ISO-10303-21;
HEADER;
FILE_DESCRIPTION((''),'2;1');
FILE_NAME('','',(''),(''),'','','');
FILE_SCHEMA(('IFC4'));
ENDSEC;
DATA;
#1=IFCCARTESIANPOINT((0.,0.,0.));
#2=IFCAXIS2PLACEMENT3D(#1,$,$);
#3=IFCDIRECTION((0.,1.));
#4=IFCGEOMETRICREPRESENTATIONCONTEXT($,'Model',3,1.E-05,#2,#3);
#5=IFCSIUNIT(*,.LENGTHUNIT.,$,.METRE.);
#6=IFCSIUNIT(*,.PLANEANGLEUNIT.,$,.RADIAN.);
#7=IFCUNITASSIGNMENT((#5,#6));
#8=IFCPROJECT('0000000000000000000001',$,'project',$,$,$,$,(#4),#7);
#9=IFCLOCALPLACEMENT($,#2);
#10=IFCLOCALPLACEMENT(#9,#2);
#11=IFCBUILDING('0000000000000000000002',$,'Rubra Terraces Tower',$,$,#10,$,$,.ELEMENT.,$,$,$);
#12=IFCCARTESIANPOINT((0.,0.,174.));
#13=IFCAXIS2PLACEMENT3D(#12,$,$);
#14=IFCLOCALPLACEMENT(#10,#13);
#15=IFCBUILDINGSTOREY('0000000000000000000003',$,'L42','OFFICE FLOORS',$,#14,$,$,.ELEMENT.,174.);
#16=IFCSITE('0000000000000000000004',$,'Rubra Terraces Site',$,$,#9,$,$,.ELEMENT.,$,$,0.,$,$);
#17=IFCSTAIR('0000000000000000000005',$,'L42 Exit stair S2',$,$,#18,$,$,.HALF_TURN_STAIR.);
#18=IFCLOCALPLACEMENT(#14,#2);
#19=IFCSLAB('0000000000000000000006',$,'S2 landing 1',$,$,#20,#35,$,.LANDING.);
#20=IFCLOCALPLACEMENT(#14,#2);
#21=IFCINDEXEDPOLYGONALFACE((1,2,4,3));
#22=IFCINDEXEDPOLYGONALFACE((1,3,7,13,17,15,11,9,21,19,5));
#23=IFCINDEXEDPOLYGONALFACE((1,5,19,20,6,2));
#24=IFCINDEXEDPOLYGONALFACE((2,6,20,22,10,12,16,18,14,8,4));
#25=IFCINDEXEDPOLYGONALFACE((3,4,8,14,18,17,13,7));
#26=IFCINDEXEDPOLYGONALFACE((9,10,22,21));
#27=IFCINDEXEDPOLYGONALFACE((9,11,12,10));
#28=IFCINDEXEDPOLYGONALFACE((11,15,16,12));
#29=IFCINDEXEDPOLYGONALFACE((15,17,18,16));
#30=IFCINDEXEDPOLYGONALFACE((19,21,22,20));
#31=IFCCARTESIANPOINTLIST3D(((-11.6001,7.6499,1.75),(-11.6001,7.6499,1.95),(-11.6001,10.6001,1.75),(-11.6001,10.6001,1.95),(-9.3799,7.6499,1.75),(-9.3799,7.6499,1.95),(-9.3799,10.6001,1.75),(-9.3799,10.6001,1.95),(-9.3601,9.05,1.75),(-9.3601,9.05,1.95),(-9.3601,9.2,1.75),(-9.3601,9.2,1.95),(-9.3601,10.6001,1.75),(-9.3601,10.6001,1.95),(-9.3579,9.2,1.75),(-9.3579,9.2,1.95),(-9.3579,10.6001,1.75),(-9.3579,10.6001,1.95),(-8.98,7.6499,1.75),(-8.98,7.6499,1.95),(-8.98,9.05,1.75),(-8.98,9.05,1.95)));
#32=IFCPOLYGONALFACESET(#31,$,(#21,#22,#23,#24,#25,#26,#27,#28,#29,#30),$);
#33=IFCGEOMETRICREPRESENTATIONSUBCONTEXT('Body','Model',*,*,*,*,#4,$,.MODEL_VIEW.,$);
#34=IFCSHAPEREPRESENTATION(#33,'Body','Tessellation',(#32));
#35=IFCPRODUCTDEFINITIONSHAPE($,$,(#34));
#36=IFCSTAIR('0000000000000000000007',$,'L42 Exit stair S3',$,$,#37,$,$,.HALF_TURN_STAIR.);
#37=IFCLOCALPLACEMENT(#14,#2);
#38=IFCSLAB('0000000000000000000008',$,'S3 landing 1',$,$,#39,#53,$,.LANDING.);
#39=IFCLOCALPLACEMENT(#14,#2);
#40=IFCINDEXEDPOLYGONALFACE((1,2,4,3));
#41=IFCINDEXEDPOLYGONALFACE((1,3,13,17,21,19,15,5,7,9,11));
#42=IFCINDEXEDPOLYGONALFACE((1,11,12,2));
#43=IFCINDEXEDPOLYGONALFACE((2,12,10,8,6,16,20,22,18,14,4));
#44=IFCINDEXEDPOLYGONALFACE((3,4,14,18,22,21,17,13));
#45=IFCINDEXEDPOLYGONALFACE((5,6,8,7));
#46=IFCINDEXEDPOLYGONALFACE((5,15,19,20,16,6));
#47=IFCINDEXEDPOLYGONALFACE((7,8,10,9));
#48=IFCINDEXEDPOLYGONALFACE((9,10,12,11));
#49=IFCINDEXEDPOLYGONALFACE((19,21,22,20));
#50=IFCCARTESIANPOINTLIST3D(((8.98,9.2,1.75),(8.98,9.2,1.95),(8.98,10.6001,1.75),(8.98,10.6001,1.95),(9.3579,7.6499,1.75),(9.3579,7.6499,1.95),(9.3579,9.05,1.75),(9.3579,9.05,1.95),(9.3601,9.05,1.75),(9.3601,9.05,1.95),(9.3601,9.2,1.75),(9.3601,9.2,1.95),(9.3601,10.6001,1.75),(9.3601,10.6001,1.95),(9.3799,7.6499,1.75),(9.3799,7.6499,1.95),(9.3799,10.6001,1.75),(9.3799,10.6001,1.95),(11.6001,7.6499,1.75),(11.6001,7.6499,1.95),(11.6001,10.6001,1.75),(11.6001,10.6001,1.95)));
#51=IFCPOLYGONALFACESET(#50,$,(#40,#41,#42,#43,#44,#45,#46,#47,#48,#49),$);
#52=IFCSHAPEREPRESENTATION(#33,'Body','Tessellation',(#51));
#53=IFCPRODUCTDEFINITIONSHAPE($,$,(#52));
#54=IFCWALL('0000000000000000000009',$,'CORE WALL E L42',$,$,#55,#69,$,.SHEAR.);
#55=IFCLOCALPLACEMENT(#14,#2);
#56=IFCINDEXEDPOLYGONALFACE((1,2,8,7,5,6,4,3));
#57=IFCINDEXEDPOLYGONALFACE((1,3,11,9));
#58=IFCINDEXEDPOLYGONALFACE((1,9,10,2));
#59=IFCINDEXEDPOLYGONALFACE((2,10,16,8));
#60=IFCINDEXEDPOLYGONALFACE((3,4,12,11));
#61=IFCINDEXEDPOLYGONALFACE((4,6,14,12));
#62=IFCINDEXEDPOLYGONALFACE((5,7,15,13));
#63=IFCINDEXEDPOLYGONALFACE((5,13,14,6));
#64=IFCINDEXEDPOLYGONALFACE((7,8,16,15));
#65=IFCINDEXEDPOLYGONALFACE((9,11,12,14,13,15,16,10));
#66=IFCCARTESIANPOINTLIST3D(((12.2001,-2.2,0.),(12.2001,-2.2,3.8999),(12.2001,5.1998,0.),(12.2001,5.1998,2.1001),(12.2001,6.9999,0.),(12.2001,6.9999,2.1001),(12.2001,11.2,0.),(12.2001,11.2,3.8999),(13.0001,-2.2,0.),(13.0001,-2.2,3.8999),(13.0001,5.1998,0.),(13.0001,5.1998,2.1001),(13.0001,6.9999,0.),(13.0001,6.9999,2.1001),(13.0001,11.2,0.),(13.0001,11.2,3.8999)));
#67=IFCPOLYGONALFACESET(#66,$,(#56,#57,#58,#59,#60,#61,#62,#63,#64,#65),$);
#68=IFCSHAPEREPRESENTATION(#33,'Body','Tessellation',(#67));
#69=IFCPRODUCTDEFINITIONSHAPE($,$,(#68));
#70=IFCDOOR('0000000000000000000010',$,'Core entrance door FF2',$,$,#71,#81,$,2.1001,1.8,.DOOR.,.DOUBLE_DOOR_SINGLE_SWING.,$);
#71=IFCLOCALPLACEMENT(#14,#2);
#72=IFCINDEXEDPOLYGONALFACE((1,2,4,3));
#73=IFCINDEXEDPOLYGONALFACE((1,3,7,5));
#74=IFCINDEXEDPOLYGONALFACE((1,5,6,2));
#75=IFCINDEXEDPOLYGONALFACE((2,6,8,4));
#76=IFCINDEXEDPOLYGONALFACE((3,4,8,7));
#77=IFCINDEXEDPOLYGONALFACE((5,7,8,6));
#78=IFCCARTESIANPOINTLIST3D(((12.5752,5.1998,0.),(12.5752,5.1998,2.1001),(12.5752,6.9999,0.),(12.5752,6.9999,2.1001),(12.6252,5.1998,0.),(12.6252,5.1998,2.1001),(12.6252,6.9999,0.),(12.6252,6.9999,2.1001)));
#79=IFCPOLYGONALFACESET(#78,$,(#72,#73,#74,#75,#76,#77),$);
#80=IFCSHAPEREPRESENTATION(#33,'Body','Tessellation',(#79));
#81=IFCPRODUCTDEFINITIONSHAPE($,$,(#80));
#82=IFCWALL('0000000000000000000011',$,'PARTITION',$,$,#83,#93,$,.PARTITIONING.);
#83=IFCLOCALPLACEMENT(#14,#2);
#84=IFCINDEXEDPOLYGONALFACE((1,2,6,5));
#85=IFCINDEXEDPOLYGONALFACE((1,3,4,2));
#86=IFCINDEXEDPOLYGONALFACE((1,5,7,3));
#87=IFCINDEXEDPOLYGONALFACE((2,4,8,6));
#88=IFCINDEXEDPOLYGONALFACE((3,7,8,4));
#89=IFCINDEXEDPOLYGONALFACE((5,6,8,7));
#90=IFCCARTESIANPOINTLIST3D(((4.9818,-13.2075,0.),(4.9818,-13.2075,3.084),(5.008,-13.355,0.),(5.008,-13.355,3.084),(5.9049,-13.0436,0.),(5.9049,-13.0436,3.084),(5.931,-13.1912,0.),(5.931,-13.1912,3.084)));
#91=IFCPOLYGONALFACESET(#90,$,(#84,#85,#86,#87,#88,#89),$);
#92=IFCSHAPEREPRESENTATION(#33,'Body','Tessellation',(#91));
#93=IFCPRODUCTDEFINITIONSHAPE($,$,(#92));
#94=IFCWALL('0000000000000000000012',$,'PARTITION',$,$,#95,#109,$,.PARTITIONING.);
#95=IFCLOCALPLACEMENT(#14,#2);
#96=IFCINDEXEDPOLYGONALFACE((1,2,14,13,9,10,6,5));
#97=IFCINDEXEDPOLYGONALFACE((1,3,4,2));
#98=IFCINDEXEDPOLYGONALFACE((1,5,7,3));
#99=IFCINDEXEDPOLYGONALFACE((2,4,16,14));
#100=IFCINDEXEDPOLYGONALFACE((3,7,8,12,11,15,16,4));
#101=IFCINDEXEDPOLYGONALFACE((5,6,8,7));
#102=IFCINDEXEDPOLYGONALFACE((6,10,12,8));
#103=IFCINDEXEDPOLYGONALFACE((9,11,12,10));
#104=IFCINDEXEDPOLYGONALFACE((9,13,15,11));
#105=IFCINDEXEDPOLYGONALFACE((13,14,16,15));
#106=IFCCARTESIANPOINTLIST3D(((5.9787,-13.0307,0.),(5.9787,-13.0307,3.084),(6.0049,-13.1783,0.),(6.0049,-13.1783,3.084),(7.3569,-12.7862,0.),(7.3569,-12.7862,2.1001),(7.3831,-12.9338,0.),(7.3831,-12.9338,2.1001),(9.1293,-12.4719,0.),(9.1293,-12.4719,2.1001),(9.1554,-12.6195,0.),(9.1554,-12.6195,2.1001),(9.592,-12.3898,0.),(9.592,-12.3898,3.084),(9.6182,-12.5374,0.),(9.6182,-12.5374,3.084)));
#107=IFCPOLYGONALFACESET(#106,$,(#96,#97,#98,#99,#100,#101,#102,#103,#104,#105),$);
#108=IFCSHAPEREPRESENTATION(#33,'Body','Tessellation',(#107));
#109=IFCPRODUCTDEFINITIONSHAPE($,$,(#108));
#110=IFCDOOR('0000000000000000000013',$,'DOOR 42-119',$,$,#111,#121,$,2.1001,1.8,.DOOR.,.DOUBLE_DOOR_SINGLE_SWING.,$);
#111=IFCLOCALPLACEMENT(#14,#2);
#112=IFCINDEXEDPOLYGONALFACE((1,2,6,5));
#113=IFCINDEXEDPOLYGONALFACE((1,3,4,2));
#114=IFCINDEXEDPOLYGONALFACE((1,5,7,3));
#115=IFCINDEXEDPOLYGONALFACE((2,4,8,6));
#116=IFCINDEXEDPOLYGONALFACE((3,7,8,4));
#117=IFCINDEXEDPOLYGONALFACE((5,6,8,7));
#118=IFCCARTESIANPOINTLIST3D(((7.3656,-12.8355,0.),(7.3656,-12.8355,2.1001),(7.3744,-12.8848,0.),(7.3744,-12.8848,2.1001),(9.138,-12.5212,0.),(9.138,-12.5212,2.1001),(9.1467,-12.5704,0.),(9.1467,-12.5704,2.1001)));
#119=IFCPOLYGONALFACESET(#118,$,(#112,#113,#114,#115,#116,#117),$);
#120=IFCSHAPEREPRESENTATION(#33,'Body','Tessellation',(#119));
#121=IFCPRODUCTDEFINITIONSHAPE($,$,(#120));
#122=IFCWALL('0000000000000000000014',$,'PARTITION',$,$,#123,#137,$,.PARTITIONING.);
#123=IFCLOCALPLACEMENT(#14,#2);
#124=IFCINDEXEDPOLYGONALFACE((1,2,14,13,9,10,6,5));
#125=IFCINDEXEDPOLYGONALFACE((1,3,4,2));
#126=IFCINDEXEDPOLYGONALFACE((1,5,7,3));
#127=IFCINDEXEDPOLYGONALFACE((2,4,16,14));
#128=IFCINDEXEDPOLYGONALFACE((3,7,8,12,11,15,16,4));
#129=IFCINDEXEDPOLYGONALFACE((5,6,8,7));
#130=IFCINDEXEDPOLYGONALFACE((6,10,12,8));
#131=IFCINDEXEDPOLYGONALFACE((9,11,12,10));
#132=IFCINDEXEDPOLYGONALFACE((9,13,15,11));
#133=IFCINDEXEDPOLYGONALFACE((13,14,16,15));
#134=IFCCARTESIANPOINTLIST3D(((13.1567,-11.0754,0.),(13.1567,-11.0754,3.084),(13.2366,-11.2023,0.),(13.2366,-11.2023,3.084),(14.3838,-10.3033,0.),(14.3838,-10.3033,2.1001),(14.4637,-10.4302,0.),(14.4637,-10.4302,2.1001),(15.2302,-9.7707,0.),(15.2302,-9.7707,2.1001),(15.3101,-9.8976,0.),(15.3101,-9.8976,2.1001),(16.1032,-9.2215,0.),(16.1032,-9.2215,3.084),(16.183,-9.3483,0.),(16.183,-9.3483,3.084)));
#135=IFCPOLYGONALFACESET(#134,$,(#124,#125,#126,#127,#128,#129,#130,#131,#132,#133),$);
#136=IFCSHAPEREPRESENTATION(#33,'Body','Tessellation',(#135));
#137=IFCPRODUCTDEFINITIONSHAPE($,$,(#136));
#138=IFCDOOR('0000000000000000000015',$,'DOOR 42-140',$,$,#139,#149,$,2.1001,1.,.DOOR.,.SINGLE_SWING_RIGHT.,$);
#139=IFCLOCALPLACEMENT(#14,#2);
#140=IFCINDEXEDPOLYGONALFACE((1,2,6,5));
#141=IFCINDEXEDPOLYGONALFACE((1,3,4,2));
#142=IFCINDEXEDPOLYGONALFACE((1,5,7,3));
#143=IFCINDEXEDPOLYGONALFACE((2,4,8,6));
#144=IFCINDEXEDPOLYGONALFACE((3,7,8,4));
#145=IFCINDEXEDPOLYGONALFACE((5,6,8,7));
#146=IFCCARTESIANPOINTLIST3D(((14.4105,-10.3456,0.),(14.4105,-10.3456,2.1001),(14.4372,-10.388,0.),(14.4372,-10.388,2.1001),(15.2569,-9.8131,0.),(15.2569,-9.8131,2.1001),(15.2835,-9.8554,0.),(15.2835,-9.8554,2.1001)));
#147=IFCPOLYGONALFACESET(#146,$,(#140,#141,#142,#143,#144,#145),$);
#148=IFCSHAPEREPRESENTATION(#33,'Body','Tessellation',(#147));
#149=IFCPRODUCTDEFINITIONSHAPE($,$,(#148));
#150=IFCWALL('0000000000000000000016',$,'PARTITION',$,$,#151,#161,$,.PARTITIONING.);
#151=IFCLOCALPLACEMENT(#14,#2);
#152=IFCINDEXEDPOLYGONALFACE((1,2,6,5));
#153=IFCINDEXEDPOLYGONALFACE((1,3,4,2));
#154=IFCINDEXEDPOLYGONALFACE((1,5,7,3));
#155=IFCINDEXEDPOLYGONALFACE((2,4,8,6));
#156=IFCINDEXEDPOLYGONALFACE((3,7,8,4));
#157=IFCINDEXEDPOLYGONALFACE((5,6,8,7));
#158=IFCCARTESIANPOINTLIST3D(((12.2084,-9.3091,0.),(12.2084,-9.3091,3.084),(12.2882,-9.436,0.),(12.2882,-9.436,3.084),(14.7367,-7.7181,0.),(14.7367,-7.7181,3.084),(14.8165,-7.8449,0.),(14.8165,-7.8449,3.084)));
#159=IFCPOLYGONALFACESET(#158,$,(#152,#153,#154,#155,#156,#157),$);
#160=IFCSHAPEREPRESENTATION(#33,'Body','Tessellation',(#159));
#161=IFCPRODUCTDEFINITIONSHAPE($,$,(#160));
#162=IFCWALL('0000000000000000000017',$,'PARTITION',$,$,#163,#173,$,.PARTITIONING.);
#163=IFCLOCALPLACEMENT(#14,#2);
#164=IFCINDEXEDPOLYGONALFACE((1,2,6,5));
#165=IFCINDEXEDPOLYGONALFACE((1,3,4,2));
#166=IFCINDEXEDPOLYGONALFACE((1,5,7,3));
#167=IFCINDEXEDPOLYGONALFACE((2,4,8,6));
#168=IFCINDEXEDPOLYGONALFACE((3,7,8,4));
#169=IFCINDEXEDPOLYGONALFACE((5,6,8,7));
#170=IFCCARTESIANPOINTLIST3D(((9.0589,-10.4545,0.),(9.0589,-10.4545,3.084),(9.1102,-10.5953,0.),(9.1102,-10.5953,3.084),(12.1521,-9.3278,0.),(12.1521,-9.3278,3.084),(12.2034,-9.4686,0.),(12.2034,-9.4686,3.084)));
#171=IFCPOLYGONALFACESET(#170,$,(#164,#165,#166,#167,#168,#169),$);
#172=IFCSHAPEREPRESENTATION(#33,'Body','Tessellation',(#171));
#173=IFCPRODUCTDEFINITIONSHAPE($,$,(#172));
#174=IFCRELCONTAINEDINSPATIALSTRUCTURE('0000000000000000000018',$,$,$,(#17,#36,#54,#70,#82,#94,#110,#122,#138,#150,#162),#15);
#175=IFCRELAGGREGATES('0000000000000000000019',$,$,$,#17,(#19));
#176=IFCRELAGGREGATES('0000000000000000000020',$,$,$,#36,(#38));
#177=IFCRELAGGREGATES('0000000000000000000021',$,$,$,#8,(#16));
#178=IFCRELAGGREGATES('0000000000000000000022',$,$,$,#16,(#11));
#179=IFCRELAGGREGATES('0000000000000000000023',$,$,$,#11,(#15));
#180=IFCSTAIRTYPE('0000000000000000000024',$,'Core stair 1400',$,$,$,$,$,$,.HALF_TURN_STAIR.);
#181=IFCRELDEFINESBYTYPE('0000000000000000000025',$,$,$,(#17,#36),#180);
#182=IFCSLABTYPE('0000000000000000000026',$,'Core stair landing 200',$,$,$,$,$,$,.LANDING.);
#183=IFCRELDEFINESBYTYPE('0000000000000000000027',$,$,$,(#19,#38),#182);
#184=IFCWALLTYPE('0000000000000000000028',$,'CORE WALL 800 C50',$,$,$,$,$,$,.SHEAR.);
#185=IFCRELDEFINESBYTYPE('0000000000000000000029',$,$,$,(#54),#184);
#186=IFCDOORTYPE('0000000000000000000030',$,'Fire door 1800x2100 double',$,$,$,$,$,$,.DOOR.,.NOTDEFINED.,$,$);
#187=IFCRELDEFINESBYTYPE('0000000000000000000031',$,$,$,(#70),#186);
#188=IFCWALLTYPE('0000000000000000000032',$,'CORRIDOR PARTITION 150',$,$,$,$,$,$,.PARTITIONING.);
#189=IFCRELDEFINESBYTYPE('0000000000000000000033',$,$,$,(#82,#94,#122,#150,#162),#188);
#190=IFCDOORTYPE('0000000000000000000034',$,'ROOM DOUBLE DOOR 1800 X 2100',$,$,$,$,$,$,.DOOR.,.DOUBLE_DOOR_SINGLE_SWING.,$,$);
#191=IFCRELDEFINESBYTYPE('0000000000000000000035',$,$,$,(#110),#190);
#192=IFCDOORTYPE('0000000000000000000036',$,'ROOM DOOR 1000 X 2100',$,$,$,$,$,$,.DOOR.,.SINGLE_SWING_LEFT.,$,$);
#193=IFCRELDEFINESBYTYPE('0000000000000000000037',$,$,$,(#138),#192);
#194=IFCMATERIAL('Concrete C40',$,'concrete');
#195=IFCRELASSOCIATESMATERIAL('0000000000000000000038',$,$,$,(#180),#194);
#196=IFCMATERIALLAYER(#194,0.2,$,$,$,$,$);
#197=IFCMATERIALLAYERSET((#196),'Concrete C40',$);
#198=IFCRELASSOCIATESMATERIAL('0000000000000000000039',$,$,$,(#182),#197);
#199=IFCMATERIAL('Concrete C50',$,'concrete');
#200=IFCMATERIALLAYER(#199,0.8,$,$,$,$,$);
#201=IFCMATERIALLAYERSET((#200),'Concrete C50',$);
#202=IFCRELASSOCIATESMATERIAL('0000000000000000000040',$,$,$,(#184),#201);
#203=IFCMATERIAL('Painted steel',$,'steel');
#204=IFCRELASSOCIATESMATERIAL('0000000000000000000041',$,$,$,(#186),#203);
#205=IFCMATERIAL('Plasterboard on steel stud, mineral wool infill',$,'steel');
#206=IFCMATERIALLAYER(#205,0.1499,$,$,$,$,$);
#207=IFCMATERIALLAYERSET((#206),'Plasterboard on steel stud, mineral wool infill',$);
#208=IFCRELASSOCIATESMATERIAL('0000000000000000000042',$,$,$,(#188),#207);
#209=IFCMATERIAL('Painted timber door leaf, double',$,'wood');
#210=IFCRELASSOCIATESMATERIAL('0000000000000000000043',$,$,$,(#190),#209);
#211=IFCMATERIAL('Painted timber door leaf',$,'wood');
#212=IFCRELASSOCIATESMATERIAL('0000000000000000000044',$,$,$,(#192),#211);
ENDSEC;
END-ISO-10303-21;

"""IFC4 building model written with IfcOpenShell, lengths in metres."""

from ifc_helpers import new_model, si_unit, direction, frame, frame_2d, origin, place, context, subcontext, project, spatial, polyline, rectangle, outline, extrude, material, layer, layer_set, type_object, element, fill, aggregate, save


model = new_model("IFC4")

# Units and contexts
model_context = context("Model", 3, precision=1e-05, world=origin(), true_north=direction((0.0, 1.0)))
body_context = subcontext(model_context, "Body", "Model", "MODEL_VIEW")
ifc_project = project(units=[si_unit("LENGTHUNIT", "METRE"), si_unit("PLANEANGLEUNIT", "RADIAN")], contexts=[model_context])

# Site, building, storey
site_placement = place(None, origin())
site = spatial("IfcSite", under=ifc_project, at=site_placement, Name="Rubra Terraces Site", CompositionType="ELEMENT", RefElevation=0.0)
building_placement = place(site_placement, origin())
building = spatial("IfcBuilding", under=site, at=building_placement, Name="Rubra Terraces Tower", CompositionType="ELEMENT")
storey_placement = place(building_placement, frame((0.0, 0.0, 174.0)))
storey = spatial("IfcBuildingStorey", under=building, at=storey_placement, Name="L42", Description="OFFICE FLOORS", CompositionType="ELEMENT", Elevation=174.0)

# Stairs, slabs
ifc_material_1 = material(Name="Concrete C40", Category="concrete")
stair_type = type_object("IfcStairType", Name="Core stair 1400", PredefinedType="HALF_TURN_STAIR", material=ifc_material_1)
stair_1_placement = place(storey_placement, origin())
stair_1 = element("IfcStair", 1, at=stair_1_placement, inside=storey, type_object=stair_type, Name="L42 Exit stair S2", PredefinedType="HALF_TURN_STAIR")
ifc_layer_1 = layer(ifc_material_1, 0.2)
ifc_layer_set_1 = layer_set([ifc_layer_1], Name="Concrete C40")
slab_type = type_object("IfcSlabType", Name="Core stair landing 200", PredefinedType="LANDING", material=ifc_layer_set_1)
slab_1_placement = place(storey_placement, frame((0.0, 0.0, 1.75)))
slab_1 = element("IfcSlab", 2, at=slab_1_placement, type_object=slab_type, Name="S2 landing 1", PredefinedType="LANDING", context=body_context, shape_type="SweptSolid", body=[
    extrude(outline(polyline([(-8.98, 9.05), (-8.98, 7.6499), (-9.3799, 7.6499), (-11.6001, 7.6499), (-11.6001, 10.6001), (-9.3799, 10.6001), (-9.3601, 10.6001), (-9.3579, 10.6001), (-9.3579, 9.2), (-9.3601, 9.2), (-9.3601, 9.05), (-8.98, 9.05)])), origin(), (0.0, 0.0, 1.0), 0.2),
])
aggregate(stair_1, [slab_1])
stair_2_placement = place(storey_placement, origin())
stair_2 = element("IfcStair", 3, at=stair_2_placement, inside=storey, type_object=stair_type, Name="L42 Exit stair S3", PredefinedType="HALF_TURN_STAIR")
slab_2_placement = place(storey_placement, frame((0.0, 0.0, 1.75)))
slab_2 = element("IfcSlab", 4, at=slab_2_placement, type_object=slab_type, Name="S3 landing 1", PredefinedType="LANDING", context=body_context, shape_type="SweptSolid", body=[
    extrude(outline(polyline([(9.3601, 9.05), (9.3601, 9.2), (8.98, 9.2), (8.98, 10.6001), (9.3601, 10.6001), (9.3799, 10.6001), (11.6001, 10.6001), (11.6001, 7.6499), (9.3799, 7.6499), (9.3579, 7.6499), (9.3579, 9.05), (9.3601, 9.05)])), origin(), (0.0, 0.0, 1.0), 0.2),
])
aggregate(stair_2, [slab_2])

# Wall, opening, door
ifc_material_2 = material(Name="Concrete C50", Category="concrete")
ifc_layer_2 = layer(ifc_material_2, 0.8)
ifc_layer_set_2 = layer_set([ifc_layer_2], Name="Concrete C50")
wall_type_1 = type_object("IfcWallType", Name="CORE WALL 800 C50", PredefinedType="SHEAR", material=ifc_layer_set_2)
wall_1_placement = place(storey_placement, frame((12.6001, -2.2, 0.0), z_axis=(0.0, 0.0, 1.0), x_axis=(0.0, 1.0, 0.0)))
wall_1 = element("IfcWall", 5, at=wall_1_placement, inside=storey, type_object=wall_type_1, Name="CORE WALL E L42", PredefinedType="SHEAR", context=body_context, shape_type="SweptSolid", body=[
    extrude(rectangle(XDim=13.3999, YDim=0.8, at=frame_2d((6.7, 0.0))), origin(), (0.0, 0.0, 1.0), 3.8999),
])
opening_1_placement = place(wall_1_placement, frame((7.3999, 0.0, 0.0)))
opening_1 = element("IfcOpeningElement", 6, at=opening_1_placement, cuts=wall_1, PredefinedType="OPENING", context=body_context, shape_type="SweptSolid", body=[
    extrude(rectangle(XDim=1.8, YDim=2.1001, at=frame_2d((0.8999, 1.05))), frame((0.0, 0.4099, 0.0), z_axis=(0.0, -1.0, 0.0), x_axis=(1.0, 0.0, 0.0)), (0.0, 0.0, 1.0), 0.8201),
])
ifc_material_3 = material(Name="Painted steel", Category="steel")
door_type_1 = type_object("IfcDoorType", Name="Fire door 1800x2100 double", OperationType="NOTDEFINED", PredefinedType="DOOR", material=ifc_material_3)
door_1_placement = place(opening_1_placement, origin())
door_1 = element("IfcDoor", 7, at=door_1_placement, inside=storey, type_object=door_type_1, Name="Core entrance door FF2", OperationType="DOUBLE_DOOR_SINGLE_SWING", OverallHeight=2.1001, OverallWidth=1.8, PredefinedType="DOOR", context=body_context, shape_type="SweptSolid", body=[
    extrude(rectangle(XDim=1.8, YDim=2.1001, at=frame_2d((0.8999, 1.05))), frame((0.0, 0.0249, 0.0), z_axis=(0.0, -1.0, 0.0), x_axis=(1.0, 0.0, 0.0)), (0.0, 0.0, 1.0), 0.05),
])
fill(opening_1, door_1)

# Wall
ifc_material_4 = material(Name="Plasterboard on steel stud, mineral wool infill", Category="steel")
ifc_layer_3 = layer(ifc_material_4, 0.1499)
ifc_layer_set_3 = layer_set([ifc_layer_3], Name="Plasterboard on steel stud, mineral wool infill")
wall_type_2 = type_object("IfcWallType", Name="CORRIDOR PARTITION 150", PredefinedType="PARTITIONING", material=ifc_layer_set_3)
wall_2_placement = place(storey_placement, frame((4.9949, -13.2812, 0.0), z_axis=(0.0, 0.0, 1.0), x_axis=(0.984615, 0.174736, 0.0)))
element("IfcWall", 8, at=wall_2_placement, inside=storey, type_object=wall_type_2, Name="PARTITION", PredefinedType="PARTITIONING", context=body_context, shape_type="SweptSolid", body=[
    extrude(rectangle(XDim=0.9375, YDim=0.1499, at=frame_2d((0.4688, 0.0))), origin(), (0.0, 0.0, 1.0), 3.084),
])

# Walls, openings, doors
wall_3_placement = place(storey_placement, frame((5.9917, -13.1045, 0.0), z_axis=(0.0, 0.0, 1.0), x_axis=(0.984632, 0.174639, 0.0)))
wall_3 = element("IfcWall", 9, at=wall_3_placement, inside=storey, type_object=wall_type_2, Name="PARTITION", PredefinedType="PARTITIONING", context=body_context, shape_type="SweptSolid", body=[
    extrude(rectangle(XDim=3.6697, YDim=0.1499, at=frame_2d((1.835, 0.0))), origin(), (0.0, 0.0, 1.0), 3.084),
])
opening_2_placement = place(wall_3_placement, frame((1.3999, 0.0, 0.0)))
opening_2 = element("IfcOpeningElement", 10, at=opening_2_placement, cuts=wall_3, PredefinedType="OPENING", context=body_context, shape_type="SweptSolid", body=[
    extrude(rectangle(XDim=1.8, YDim=2.1001, at=frame_2d((0.8999, 1.05))), frame((0.0, 0.085, 0.0), z_axis=(0.0, -1.0, 0.0), x_axis=(1.0, 0.0, 0.0)), (0.0, 0.0, 1.0), 0.1699),
])
ifc_material_5 = material(Name="Painted timber door leaf, double", Category="wood")
door_type_2 = type_object("IfcDoorType", Name="ROOM DOUBLE DOOR 1800 X 2100", OperationType="DOUBLE_DOOR_SINGLE_SWING", PredefinedType="DOOR", material=ifc_material_5)
door_2_placement = place(opening_2_placement, origin())
door_2 = element("IfcDoor", 11, at=door_2_placement, inside=storey, type_object=door_type_2, Name="DOOR 42-119", OperationType="DOUBLE_DOOR_SINGLE_SWING", OverallHeight=2.1001, OverallWidth=1.8, PredefinedType="DOOR", context=body_context, shape_type="SweptSolid", body=[
    extrude(rectangle(XDim=1.8, YDim=2.1001, at=frame_2d((0.8999, 1.05))), frame((0.0, 0.0249, 0.0), z_axis=(0.0, -1.0, 0.0), x_axis=(1.0, 0.0, 0.0)), (0.0, 0.0, 1.0), 0.05),
])
fill(opening_2, door_2)
wall_4_placement = place(storey_placement, frame((13.1965, -11.1389, 0.0), z_axis=(0.0, 0.0, 1.0), x_axis=(0.846391, 0.532562, 0.0)))
wall_4 = element("IfcWall", 12, at=wall_4_placement, inside=storey, type_object=wall_type_2, Name="PARTITION", PredefinedType="PARTITIONING", context=body_context, shape_type="SweptSolid", body=[
    extrude(rectangle(XDim=3.4812, YDim=0.1499, at=frame_2d((1.7407, 0.0))), origin(), (0.0, 0.0, 1.0), 3.084),
])
opening_3_placement = place(wall_4_placement, frame((1.45, 0.0, 0.0)))
opening_3 = element("IfcOpeningElement", 13, at=opening_3_placement, cuts=wall_4, PredefinedType="OPENING", context=body_context, shape_type="SweptSolid", body=[
    extrude(rectangle(XDim=1.0, YDim=2.1001, at=frame_2d((0.5, 1.05))), frame((0.0, 0.085, 0.0), z_axis=(0.0, -1.0, 0.0), x_axis=(1.0, 0.0, 0.0)), (0.0, 0.0, 1.0), 0.1699),
])
ifc_material_6 = material(Name="Painted timber door leaf", Category="wood")
door_type_3 = type_object("IfcDoorType", Name="ROOM DOOR 1000 X 2100", OperationType="SINGLE_SWING_LEFT", PredefinedType="DOOR", material=ifc_material_6)
door_3_placement = place(opening_3_placement, origin())
door_3 = element("IfcDoor", 14, at=door_3_placement, inside=storey, type_object=door_type_3, Name="DOOR 42-140", OperationType="SINGLE_SWING_RIGHT", OverallHeight=2.1001, OverallWidth=1.0, PredefinedType="DOOR", context=body_context, shape_type="SweptSolid", body=[
    extrude(rectangle(XDim=1.0, YDim=2.1001, at=frame_2d((0.5, 1.05))), frame((0.0, 0.0249, 0.0), z_axis=(0.0, -1.0, 0.0), x_axis=(1.0, 0.0, 0.0)), (0.0, 0.0, 1.0), 0.05),
])
fill(opening_3, door_3)

# Walls
wall_5_placement = place(storey_placement, frame((14.7766, -7.7815, 0.0), z_axis=(0.0, 0.0, 1.0), x_axis=(-0.84636, -0.532612, 0.0)))
element("IfcWall", 15, at=wall_5_placement, inside=storey, type_object=wall_type_2, Name="PARTITION", PredefinedType="PARTITIONING", context=body_context, shape_type="SweptSolid", body=[
    extrude(rectangle(XDim=2.9873, YDim=0.1499, at=frame_2d((1.4937, 0.0))), origin(), (0.0, 0.0, 1.0), 3.084),
])
wall_6_placement = place(storey_placement, frame((12.1777, -9.3982, 0.0), z_axis=(0.0, 0.0, 1.0), x_axis=(-0.939609, -0.342249, 0.0)))
element("IfcWall", 16, at=wall_6_placement, inside=storey, type_object=wall_type_2, Name="PARTITION", PredefinedType="PARTITIONING", context=body_context, shape_type="SweptSolid", body=[
    extrude(rectangle(XDim=3.292, YDim=0.1499, at=frame_2d((1.646, 0.0))), origin(), (0.0, 0.0, 1.0), 3.084),
])

save(model, "model.ifc")
